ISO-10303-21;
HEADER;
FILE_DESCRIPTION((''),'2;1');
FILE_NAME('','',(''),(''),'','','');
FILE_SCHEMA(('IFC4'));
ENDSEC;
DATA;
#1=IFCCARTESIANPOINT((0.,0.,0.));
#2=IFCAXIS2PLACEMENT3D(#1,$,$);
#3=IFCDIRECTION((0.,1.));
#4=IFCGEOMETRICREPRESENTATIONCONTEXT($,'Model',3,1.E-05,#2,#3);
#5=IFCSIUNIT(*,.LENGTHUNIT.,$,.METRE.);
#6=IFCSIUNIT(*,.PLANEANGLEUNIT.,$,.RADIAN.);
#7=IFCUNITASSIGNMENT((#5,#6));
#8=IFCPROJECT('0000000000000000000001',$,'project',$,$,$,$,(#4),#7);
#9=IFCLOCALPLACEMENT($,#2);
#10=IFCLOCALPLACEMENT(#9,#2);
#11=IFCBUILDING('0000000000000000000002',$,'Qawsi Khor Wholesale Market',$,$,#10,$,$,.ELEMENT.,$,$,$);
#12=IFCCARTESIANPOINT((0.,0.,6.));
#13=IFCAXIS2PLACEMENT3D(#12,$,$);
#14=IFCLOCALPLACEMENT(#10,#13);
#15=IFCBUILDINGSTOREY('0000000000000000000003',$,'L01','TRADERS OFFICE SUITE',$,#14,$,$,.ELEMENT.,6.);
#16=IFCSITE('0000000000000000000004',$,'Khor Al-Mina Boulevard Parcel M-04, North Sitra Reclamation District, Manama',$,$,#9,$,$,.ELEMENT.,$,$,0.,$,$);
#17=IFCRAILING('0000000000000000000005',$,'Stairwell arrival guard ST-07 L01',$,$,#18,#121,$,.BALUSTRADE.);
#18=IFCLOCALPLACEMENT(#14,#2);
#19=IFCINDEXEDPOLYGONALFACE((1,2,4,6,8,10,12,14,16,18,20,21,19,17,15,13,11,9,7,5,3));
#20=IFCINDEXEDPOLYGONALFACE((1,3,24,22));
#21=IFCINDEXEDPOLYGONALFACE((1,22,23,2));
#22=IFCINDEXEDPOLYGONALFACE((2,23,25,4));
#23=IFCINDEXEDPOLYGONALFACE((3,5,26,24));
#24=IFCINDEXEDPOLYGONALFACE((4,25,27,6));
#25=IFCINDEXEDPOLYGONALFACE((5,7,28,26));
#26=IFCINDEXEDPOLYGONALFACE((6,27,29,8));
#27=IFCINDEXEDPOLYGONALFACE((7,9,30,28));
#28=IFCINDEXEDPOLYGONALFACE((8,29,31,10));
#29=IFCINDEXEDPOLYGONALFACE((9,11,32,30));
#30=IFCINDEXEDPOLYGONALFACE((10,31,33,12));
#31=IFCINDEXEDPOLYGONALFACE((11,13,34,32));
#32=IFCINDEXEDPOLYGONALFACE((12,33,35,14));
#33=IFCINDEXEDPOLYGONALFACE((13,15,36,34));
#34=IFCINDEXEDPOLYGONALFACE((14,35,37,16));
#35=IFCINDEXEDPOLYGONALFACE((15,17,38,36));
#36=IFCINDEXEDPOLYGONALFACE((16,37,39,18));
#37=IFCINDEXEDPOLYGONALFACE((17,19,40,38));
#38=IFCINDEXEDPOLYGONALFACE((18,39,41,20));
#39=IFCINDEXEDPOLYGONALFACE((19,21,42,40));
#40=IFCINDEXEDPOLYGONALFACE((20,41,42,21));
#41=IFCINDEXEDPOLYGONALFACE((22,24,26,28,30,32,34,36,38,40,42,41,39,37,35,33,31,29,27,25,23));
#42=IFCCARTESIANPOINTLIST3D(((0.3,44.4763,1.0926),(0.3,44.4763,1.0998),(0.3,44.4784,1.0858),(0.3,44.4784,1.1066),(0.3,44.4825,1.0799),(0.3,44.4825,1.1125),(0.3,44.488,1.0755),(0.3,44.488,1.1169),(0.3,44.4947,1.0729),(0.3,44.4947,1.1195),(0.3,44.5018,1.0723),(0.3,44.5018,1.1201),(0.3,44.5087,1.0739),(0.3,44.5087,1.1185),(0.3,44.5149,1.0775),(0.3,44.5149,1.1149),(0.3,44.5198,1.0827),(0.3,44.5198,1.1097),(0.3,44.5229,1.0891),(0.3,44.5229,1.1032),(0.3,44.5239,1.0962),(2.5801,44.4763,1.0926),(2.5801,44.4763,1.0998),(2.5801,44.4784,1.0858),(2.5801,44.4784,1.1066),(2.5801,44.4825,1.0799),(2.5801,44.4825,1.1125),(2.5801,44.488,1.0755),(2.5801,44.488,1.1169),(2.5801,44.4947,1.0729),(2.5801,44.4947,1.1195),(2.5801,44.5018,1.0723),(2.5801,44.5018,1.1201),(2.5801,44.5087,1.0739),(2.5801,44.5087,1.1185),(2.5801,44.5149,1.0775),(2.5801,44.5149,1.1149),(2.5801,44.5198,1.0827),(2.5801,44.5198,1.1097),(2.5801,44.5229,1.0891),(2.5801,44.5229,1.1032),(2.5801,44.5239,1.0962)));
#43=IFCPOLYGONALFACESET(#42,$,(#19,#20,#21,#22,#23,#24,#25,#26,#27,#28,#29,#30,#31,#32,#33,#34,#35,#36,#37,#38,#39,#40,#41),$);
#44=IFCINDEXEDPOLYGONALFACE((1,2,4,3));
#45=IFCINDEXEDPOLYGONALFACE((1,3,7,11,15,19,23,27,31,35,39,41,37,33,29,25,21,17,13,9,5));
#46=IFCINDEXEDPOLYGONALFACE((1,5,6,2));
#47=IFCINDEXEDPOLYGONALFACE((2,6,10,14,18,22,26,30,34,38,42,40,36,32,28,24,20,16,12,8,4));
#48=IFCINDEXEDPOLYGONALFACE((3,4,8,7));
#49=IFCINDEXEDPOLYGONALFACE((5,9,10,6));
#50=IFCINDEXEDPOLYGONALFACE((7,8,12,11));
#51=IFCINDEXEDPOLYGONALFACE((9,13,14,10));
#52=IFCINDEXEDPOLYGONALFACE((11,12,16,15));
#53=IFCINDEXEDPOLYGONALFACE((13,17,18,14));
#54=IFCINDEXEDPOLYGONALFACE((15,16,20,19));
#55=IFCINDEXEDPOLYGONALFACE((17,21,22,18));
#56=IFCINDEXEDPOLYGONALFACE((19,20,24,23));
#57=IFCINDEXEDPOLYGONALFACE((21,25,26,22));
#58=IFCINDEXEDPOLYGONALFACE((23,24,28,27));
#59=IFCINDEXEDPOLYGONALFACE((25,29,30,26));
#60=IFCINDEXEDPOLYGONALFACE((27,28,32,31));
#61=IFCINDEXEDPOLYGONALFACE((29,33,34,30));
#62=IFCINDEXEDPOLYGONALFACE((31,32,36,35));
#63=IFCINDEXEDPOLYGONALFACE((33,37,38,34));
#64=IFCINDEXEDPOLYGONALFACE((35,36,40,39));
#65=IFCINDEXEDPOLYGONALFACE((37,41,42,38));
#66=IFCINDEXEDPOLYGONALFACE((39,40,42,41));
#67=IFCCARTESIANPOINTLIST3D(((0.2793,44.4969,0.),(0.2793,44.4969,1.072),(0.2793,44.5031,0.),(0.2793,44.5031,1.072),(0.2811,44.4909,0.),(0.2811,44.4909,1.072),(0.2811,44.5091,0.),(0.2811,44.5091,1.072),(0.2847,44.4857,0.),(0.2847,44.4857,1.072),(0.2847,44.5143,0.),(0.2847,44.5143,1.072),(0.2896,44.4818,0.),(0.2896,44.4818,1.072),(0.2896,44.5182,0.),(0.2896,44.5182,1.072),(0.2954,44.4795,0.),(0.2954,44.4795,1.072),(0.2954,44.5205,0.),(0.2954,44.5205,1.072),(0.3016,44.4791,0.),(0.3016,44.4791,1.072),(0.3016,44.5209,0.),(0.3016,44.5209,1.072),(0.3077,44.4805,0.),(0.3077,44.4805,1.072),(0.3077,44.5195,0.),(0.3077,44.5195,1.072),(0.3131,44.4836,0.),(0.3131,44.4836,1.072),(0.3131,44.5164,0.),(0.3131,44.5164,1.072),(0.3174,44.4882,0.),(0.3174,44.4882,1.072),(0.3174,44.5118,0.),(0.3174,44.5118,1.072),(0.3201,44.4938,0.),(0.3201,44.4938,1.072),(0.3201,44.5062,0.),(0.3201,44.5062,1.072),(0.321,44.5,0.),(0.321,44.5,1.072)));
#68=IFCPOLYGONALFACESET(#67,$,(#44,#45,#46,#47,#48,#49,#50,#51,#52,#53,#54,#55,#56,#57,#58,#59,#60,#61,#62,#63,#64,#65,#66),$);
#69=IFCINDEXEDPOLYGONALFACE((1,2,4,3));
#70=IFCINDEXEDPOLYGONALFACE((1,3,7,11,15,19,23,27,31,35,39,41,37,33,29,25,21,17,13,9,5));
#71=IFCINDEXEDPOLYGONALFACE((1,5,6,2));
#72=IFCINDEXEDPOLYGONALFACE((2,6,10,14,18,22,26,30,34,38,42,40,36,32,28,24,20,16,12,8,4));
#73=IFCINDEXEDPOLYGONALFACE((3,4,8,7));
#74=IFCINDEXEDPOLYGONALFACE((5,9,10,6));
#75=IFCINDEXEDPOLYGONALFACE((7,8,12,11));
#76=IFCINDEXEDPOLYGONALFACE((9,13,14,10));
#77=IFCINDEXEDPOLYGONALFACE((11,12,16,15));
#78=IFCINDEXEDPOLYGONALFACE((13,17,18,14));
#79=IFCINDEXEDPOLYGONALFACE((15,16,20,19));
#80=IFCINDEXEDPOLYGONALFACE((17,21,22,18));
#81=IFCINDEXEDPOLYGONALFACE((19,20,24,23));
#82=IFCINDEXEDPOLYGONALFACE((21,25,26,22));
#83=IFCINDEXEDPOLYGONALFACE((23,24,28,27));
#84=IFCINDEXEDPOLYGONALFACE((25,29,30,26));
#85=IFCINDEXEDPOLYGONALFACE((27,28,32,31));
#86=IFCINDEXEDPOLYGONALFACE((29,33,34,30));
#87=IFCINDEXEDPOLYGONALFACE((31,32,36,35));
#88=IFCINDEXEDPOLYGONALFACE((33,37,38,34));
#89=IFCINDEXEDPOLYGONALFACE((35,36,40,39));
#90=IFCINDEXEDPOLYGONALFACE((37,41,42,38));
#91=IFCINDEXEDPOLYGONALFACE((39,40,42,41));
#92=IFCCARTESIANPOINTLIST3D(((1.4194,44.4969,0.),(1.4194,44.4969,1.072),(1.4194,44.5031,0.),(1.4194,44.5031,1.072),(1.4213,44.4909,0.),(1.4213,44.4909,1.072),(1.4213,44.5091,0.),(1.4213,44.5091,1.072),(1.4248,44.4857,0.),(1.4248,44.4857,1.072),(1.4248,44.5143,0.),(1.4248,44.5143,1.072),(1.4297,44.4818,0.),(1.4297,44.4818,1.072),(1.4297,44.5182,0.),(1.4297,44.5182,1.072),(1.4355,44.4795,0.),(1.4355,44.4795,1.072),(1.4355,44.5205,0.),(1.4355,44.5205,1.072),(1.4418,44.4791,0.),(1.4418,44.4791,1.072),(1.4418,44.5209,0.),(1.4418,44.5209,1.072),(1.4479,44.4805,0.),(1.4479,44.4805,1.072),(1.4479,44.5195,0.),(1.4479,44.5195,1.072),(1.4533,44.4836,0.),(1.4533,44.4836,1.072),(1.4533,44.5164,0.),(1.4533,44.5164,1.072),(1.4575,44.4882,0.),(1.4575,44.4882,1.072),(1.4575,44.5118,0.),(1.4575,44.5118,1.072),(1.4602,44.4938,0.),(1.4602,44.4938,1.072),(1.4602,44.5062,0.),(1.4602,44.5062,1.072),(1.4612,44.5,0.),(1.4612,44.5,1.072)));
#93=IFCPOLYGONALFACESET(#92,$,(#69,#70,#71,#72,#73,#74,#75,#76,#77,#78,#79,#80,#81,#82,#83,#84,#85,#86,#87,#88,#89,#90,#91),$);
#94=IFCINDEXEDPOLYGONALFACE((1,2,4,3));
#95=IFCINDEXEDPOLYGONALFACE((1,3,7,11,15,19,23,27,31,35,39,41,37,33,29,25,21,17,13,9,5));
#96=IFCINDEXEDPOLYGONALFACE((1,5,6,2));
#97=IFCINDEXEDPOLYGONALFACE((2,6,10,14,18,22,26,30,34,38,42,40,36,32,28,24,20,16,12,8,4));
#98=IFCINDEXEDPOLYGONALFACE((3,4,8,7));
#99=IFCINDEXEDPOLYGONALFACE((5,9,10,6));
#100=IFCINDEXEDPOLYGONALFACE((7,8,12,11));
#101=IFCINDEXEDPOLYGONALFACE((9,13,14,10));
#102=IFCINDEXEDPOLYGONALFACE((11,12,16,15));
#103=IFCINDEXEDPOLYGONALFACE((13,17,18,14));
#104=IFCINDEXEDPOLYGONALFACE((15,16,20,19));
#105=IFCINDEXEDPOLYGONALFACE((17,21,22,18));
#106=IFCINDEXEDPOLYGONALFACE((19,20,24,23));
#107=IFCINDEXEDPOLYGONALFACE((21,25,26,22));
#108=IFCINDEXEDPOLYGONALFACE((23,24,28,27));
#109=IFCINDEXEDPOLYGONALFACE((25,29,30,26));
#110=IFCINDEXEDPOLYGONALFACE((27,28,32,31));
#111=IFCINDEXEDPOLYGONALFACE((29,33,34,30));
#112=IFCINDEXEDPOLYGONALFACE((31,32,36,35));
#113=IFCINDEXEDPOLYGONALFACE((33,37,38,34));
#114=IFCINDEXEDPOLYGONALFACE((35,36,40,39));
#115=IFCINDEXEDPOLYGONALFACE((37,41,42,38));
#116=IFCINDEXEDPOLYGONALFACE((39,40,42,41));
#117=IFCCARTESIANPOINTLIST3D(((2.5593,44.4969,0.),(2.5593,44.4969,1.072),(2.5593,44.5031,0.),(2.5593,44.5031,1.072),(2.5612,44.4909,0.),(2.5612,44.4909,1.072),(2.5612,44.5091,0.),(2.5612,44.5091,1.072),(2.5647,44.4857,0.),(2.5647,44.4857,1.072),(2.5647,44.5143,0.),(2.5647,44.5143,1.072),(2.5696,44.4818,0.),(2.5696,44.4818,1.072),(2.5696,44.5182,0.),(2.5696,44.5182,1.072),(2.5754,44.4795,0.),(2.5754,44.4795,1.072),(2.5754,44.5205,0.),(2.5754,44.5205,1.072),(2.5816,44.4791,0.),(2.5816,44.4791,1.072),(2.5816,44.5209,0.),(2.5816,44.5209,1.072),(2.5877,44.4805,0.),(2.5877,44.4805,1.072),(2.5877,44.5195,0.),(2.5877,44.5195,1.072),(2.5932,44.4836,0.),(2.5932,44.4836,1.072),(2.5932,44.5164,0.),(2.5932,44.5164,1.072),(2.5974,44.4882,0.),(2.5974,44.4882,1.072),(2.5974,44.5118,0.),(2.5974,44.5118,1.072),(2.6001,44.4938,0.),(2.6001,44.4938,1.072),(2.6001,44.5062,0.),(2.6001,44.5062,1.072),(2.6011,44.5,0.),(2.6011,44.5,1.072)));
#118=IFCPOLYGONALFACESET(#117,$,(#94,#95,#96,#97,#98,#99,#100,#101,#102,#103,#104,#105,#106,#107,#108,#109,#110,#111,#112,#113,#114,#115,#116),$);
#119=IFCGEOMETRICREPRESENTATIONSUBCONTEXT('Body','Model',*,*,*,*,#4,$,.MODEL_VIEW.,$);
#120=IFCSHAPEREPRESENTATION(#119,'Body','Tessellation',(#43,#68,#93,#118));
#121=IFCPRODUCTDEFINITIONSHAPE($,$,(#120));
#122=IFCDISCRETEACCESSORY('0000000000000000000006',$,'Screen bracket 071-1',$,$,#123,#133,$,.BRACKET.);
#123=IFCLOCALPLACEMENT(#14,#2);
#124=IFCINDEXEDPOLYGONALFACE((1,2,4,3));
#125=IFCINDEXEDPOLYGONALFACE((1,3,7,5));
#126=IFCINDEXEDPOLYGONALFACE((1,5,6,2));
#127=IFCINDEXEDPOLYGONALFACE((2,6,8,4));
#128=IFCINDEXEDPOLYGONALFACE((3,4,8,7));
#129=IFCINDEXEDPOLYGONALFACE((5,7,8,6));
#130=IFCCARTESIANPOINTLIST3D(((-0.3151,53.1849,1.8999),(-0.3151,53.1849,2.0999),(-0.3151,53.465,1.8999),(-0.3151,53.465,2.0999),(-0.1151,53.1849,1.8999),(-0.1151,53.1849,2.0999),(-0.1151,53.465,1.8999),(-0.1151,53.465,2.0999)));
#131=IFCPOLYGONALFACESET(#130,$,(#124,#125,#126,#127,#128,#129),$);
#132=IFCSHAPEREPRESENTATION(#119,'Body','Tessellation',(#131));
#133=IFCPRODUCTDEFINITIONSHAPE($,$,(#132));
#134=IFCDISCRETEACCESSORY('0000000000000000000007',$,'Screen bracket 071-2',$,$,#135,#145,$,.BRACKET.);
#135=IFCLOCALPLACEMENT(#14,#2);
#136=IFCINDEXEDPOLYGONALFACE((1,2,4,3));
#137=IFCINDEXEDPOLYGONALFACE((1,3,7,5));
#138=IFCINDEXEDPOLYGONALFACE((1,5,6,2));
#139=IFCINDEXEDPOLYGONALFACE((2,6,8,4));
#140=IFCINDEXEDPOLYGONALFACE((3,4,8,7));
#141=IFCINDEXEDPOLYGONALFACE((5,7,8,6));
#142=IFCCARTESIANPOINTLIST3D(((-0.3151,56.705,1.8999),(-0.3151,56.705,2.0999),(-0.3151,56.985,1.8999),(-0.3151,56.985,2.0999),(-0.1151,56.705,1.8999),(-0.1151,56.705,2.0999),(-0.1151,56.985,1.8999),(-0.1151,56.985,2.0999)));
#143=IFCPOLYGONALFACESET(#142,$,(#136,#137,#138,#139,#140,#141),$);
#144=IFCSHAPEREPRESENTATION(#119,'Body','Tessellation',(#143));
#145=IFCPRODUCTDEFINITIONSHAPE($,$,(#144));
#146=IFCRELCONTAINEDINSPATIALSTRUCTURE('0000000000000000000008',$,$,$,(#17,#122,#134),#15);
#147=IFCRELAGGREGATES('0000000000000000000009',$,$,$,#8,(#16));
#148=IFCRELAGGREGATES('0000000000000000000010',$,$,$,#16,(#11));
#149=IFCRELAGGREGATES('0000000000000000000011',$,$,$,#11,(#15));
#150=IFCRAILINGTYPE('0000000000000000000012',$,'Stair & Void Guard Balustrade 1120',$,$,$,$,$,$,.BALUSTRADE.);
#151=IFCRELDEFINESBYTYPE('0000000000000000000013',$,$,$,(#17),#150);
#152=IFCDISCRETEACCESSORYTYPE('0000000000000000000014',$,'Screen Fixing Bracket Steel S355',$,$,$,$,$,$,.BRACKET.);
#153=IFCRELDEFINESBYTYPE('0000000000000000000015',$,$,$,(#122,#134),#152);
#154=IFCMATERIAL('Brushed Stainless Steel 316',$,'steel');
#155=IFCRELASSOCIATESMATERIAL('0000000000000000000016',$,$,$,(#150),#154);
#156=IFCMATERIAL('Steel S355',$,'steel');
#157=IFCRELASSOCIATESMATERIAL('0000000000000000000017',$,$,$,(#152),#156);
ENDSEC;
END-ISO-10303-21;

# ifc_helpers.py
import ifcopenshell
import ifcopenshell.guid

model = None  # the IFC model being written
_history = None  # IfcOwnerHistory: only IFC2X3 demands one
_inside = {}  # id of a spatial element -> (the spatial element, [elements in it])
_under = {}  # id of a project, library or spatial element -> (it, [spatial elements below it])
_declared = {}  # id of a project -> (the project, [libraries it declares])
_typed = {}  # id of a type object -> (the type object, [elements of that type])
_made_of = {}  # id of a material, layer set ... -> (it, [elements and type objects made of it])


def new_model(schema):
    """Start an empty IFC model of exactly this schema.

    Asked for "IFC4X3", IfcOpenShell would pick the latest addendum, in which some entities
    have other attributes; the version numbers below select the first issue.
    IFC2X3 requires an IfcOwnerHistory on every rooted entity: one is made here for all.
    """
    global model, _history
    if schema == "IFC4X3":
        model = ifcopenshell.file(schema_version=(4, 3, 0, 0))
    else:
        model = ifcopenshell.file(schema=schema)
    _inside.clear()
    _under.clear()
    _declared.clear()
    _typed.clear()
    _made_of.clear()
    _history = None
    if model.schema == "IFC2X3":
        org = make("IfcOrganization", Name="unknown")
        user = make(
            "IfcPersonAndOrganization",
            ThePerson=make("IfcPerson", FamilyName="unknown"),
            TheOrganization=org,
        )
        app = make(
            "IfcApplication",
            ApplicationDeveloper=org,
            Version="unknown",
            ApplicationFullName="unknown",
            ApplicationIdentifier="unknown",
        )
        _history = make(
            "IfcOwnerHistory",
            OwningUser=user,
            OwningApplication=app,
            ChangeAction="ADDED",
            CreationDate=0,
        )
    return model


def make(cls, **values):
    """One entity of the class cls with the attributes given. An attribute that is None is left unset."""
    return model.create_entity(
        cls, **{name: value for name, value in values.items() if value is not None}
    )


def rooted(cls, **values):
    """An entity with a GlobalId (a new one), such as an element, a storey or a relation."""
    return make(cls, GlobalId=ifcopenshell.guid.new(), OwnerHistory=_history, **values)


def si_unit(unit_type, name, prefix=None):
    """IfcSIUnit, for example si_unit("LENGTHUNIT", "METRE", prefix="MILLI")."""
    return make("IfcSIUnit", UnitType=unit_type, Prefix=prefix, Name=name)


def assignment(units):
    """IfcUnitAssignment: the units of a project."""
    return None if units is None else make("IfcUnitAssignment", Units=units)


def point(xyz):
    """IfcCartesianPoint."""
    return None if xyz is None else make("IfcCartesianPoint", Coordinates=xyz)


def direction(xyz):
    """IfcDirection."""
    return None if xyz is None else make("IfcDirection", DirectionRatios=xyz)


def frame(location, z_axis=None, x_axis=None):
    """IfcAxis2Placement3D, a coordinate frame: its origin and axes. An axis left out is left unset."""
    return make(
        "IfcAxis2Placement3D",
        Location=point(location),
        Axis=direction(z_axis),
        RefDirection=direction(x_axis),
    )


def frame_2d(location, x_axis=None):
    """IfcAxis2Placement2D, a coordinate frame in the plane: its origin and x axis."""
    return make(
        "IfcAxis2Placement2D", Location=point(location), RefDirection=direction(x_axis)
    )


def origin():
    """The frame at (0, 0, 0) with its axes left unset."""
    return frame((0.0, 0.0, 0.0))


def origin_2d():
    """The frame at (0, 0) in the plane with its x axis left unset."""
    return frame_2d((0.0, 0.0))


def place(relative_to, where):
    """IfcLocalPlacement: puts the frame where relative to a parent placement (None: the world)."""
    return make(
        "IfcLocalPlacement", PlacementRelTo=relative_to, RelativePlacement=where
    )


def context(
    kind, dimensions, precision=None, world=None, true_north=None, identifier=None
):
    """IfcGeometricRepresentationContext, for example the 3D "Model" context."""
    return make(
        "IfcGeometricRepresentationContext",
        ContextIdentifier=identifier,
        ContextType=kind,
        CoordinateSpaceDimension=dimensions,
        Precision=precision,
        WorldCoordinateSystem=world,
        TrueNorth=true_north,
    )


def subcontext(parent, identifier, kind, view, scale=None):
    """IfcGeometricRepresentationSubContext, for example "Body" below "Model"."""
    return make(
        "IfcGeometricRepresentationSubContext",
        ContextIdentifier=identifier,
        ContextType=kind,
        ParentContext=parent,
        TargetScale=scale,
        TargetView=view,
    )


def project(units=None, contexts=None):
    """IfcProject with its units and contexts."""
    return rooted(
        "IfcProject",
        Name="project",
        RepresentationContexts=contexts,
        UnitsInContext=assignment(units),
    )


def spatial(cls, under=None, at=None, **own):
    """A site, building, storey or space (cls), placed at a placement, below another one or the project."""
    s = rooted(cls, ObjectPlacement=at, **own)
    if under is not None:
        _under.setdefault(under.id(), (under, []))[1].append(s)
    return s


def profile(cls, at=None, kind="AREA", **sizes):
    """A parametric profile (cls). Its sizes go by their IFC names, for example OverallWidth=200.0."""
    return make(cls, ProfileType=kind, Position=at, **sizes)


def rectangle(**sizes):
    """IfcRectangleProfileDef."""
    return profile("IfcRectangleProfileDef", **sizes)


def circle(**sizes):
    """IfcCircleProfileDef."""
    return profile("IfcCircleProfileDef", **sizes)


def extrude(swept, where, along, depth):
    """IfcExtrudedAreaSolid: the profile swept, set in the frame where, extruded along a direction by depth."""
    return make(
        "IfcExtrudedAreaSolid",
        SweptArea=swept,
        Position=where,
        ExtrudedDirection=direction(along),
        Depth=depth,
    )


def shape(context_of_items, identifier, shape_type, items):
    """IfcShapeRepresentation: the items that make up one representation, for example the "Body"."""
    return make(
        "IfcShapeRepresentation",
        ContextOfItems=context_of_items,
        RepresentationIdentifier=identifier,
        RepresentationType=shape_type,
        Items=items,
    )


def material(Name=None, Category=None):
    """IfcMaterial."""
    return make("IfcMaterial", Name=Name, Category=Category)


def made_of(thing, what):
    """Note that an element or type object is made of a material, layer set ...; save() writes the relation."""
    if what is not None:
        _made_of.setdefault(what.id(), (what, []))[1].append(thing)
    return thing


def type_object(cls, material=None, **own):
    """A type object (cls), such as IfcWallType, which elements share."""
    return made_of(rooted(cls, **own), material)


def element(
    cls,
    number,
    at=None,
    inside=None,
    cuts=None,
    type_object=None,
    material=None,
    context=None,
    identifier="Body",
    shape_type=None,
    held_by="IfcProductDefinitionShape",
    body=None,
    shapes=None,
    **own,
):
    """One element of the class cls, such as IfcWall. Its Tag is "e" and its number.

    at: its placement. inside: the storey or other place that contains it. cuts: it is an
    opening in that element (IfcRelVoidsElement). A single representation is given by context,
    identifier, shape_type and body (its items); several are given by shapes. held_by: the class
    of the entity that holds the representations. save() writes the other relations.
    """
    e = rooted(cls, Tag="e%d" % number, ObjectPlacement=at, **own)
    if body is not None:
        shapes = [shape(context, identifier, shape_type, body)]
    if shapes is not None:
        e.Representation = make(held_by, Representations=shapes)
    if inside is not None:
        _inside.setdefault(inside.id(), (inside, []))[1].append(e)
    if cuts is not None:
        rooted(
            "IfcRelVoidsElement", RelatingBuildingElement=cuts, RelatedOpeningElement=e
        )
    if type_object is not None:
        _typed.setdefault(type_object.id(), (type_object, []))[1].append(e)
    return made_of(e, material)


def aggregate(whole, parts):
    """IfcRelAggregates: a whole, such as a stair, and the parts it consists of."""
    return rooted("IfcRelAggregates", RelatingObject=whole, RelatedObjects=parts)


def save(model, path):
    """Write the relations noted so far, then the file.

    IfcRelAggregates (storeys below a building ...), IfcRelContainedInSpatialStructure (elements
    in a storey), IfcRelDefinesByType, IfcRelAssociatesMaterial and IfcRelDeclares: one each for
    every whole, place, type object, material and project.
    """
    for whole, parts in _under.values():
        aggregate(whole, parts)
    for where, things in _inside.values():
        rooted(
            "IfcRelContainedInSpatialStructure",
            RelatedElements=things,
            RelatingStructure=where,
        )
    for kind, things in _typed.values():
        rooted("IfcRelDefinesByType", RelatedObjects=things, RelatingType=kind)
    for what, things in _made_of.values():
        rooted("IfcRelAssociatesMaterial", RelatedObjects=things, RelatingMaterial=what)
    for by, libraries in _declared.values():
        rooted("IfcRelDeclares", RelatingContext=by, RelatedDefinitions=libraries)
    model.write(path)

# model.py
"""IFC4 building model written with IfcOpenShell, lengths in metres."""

from ifc_helpers import new_model, si_unit, direction, frame, origin, origin_2d, place, context, subcontext, project, spatial, rectangle, circle, extrude, material, type_object, element, save


model = new_model("IFC4")

# Units and contexts
model_context = context("Model", 3, precision=1e-05, world=origin(), true_north=direction((0.0, 1.0)))
body_context = subcontext(model_context, "Body", "Model", "MODEL_VIEW")
ifc_project = project(units=[si_unit("LENGTHUNIT", "METRE"), si_unit("PLANEANGLEUNIT", "RADIAN")], contexts=[model_context])

# Site, building, storey
site_placement = place(None, origin())
site = spatial("IfcSite", under=ifc_project, at=site_placement, Name="Khor Al-Mina Boulevard Parcel M-04, North Sitra Reclamation District, Manama", CompositionType="ELEMENT", RefElevation=0.0)
building_placement = place(site_placement, origin())
building = spatial("IfcBuilding", under=site, at=building_placement, Name="Qawsi Khor Wholesale Market", CompositionType="ELEMENT")
storey_placement = place(building_placement, frame((0.0, 0.0, 6.0)))
storey = spatial("IfcBuildingStorey", under=building, at=storey_placement, Name="L01", Description="TRADERS OFFICE SUITE", CompositionType="ELEMENT", Elevation=6.0)

# Shared definitions
ifc_material_1 = material(Name="Steel S355", Category="steel")

# Railing
ifc_material_2 = material(Name="Brushed Stainless Steel 316", Category="steel")
railing_type = type_object("IfcRailingType", Name="Stair & Void Guard Balustrade 1120", PredefinedType="BALUSTRADE", material=ifc_material_2)
railing_placement = place(storey_placement, frame((0.3, 44.5, 0.0)))
element("IfcRailing", 1, at=railing_placement, inside=storey, type_object=railing_type, Name="Stairwell arrival guard ST-07 L01", PredefinedType="BALUSTRADE", context=body_context, shape_type="SweptSolid", body=[
    extrude(circle(Radius=0.0239, at=origin_2d()), frame((0.0, 0.0, 1.0962), z_axis=(1.0, 0.0, 0.0), x_axis=(0.0, 1.0, 0.0)), (0.0, 0.0, 1.0), 2.28),
    extrude(circle(Radius=0.021, at=origin_2d()), origin(), (0.0, 0.0, 1.0), 1.072),
    extrude(circle(Radius=0.021, at=origin_2d()), frame((1.1401, 0.0, 0.0)), (0.0, 0.0, 1.0), 1.072),
    extrude(circle(Radius=0.021, at=origin_2d()), frame((2.28, 0.0, 0.0)), (0.0, 0.0, 1.0), 1.072),
])

# Discrete accessories
discrete_accessory_type = type_object("IfcDiscreteAccessoryType", Name="Screen Fixing Bracket Steel S355", PredefinedType="BRACKET", material=ifc_material_1)
for number, where, z_axis, x_axis, name in (
    (2, (-0.2151, 53.325, 1.8999), (0.0, 0.0, 1.0), (1.0, 0.0, 0.0), "Screen bracket 071-1"),
    (3, (-0.2151, 56.845, 1.8999), (0.0, 0.0, 1.0), (1.0, 0.0, 0.0), "Screen bracket 071-2"),
):
    element("IfcDiscreteAccessory", number, at=place(storey_placement, frame(where, z_axis=z_axis, x_axis=x_axis)), inside=storey, type_object=discrete_accessory_type, Name=name, PredefinedType="BRACKET", context=body_context, shape_type="SweptSolid", body=[
        extrude(rectangle(XDim=0.2, YDim=0.28, at=origin_2d()), origin(), (0.0, 0.0, 1.0), 0.2),
    ])

save(model, "model.ifc")
